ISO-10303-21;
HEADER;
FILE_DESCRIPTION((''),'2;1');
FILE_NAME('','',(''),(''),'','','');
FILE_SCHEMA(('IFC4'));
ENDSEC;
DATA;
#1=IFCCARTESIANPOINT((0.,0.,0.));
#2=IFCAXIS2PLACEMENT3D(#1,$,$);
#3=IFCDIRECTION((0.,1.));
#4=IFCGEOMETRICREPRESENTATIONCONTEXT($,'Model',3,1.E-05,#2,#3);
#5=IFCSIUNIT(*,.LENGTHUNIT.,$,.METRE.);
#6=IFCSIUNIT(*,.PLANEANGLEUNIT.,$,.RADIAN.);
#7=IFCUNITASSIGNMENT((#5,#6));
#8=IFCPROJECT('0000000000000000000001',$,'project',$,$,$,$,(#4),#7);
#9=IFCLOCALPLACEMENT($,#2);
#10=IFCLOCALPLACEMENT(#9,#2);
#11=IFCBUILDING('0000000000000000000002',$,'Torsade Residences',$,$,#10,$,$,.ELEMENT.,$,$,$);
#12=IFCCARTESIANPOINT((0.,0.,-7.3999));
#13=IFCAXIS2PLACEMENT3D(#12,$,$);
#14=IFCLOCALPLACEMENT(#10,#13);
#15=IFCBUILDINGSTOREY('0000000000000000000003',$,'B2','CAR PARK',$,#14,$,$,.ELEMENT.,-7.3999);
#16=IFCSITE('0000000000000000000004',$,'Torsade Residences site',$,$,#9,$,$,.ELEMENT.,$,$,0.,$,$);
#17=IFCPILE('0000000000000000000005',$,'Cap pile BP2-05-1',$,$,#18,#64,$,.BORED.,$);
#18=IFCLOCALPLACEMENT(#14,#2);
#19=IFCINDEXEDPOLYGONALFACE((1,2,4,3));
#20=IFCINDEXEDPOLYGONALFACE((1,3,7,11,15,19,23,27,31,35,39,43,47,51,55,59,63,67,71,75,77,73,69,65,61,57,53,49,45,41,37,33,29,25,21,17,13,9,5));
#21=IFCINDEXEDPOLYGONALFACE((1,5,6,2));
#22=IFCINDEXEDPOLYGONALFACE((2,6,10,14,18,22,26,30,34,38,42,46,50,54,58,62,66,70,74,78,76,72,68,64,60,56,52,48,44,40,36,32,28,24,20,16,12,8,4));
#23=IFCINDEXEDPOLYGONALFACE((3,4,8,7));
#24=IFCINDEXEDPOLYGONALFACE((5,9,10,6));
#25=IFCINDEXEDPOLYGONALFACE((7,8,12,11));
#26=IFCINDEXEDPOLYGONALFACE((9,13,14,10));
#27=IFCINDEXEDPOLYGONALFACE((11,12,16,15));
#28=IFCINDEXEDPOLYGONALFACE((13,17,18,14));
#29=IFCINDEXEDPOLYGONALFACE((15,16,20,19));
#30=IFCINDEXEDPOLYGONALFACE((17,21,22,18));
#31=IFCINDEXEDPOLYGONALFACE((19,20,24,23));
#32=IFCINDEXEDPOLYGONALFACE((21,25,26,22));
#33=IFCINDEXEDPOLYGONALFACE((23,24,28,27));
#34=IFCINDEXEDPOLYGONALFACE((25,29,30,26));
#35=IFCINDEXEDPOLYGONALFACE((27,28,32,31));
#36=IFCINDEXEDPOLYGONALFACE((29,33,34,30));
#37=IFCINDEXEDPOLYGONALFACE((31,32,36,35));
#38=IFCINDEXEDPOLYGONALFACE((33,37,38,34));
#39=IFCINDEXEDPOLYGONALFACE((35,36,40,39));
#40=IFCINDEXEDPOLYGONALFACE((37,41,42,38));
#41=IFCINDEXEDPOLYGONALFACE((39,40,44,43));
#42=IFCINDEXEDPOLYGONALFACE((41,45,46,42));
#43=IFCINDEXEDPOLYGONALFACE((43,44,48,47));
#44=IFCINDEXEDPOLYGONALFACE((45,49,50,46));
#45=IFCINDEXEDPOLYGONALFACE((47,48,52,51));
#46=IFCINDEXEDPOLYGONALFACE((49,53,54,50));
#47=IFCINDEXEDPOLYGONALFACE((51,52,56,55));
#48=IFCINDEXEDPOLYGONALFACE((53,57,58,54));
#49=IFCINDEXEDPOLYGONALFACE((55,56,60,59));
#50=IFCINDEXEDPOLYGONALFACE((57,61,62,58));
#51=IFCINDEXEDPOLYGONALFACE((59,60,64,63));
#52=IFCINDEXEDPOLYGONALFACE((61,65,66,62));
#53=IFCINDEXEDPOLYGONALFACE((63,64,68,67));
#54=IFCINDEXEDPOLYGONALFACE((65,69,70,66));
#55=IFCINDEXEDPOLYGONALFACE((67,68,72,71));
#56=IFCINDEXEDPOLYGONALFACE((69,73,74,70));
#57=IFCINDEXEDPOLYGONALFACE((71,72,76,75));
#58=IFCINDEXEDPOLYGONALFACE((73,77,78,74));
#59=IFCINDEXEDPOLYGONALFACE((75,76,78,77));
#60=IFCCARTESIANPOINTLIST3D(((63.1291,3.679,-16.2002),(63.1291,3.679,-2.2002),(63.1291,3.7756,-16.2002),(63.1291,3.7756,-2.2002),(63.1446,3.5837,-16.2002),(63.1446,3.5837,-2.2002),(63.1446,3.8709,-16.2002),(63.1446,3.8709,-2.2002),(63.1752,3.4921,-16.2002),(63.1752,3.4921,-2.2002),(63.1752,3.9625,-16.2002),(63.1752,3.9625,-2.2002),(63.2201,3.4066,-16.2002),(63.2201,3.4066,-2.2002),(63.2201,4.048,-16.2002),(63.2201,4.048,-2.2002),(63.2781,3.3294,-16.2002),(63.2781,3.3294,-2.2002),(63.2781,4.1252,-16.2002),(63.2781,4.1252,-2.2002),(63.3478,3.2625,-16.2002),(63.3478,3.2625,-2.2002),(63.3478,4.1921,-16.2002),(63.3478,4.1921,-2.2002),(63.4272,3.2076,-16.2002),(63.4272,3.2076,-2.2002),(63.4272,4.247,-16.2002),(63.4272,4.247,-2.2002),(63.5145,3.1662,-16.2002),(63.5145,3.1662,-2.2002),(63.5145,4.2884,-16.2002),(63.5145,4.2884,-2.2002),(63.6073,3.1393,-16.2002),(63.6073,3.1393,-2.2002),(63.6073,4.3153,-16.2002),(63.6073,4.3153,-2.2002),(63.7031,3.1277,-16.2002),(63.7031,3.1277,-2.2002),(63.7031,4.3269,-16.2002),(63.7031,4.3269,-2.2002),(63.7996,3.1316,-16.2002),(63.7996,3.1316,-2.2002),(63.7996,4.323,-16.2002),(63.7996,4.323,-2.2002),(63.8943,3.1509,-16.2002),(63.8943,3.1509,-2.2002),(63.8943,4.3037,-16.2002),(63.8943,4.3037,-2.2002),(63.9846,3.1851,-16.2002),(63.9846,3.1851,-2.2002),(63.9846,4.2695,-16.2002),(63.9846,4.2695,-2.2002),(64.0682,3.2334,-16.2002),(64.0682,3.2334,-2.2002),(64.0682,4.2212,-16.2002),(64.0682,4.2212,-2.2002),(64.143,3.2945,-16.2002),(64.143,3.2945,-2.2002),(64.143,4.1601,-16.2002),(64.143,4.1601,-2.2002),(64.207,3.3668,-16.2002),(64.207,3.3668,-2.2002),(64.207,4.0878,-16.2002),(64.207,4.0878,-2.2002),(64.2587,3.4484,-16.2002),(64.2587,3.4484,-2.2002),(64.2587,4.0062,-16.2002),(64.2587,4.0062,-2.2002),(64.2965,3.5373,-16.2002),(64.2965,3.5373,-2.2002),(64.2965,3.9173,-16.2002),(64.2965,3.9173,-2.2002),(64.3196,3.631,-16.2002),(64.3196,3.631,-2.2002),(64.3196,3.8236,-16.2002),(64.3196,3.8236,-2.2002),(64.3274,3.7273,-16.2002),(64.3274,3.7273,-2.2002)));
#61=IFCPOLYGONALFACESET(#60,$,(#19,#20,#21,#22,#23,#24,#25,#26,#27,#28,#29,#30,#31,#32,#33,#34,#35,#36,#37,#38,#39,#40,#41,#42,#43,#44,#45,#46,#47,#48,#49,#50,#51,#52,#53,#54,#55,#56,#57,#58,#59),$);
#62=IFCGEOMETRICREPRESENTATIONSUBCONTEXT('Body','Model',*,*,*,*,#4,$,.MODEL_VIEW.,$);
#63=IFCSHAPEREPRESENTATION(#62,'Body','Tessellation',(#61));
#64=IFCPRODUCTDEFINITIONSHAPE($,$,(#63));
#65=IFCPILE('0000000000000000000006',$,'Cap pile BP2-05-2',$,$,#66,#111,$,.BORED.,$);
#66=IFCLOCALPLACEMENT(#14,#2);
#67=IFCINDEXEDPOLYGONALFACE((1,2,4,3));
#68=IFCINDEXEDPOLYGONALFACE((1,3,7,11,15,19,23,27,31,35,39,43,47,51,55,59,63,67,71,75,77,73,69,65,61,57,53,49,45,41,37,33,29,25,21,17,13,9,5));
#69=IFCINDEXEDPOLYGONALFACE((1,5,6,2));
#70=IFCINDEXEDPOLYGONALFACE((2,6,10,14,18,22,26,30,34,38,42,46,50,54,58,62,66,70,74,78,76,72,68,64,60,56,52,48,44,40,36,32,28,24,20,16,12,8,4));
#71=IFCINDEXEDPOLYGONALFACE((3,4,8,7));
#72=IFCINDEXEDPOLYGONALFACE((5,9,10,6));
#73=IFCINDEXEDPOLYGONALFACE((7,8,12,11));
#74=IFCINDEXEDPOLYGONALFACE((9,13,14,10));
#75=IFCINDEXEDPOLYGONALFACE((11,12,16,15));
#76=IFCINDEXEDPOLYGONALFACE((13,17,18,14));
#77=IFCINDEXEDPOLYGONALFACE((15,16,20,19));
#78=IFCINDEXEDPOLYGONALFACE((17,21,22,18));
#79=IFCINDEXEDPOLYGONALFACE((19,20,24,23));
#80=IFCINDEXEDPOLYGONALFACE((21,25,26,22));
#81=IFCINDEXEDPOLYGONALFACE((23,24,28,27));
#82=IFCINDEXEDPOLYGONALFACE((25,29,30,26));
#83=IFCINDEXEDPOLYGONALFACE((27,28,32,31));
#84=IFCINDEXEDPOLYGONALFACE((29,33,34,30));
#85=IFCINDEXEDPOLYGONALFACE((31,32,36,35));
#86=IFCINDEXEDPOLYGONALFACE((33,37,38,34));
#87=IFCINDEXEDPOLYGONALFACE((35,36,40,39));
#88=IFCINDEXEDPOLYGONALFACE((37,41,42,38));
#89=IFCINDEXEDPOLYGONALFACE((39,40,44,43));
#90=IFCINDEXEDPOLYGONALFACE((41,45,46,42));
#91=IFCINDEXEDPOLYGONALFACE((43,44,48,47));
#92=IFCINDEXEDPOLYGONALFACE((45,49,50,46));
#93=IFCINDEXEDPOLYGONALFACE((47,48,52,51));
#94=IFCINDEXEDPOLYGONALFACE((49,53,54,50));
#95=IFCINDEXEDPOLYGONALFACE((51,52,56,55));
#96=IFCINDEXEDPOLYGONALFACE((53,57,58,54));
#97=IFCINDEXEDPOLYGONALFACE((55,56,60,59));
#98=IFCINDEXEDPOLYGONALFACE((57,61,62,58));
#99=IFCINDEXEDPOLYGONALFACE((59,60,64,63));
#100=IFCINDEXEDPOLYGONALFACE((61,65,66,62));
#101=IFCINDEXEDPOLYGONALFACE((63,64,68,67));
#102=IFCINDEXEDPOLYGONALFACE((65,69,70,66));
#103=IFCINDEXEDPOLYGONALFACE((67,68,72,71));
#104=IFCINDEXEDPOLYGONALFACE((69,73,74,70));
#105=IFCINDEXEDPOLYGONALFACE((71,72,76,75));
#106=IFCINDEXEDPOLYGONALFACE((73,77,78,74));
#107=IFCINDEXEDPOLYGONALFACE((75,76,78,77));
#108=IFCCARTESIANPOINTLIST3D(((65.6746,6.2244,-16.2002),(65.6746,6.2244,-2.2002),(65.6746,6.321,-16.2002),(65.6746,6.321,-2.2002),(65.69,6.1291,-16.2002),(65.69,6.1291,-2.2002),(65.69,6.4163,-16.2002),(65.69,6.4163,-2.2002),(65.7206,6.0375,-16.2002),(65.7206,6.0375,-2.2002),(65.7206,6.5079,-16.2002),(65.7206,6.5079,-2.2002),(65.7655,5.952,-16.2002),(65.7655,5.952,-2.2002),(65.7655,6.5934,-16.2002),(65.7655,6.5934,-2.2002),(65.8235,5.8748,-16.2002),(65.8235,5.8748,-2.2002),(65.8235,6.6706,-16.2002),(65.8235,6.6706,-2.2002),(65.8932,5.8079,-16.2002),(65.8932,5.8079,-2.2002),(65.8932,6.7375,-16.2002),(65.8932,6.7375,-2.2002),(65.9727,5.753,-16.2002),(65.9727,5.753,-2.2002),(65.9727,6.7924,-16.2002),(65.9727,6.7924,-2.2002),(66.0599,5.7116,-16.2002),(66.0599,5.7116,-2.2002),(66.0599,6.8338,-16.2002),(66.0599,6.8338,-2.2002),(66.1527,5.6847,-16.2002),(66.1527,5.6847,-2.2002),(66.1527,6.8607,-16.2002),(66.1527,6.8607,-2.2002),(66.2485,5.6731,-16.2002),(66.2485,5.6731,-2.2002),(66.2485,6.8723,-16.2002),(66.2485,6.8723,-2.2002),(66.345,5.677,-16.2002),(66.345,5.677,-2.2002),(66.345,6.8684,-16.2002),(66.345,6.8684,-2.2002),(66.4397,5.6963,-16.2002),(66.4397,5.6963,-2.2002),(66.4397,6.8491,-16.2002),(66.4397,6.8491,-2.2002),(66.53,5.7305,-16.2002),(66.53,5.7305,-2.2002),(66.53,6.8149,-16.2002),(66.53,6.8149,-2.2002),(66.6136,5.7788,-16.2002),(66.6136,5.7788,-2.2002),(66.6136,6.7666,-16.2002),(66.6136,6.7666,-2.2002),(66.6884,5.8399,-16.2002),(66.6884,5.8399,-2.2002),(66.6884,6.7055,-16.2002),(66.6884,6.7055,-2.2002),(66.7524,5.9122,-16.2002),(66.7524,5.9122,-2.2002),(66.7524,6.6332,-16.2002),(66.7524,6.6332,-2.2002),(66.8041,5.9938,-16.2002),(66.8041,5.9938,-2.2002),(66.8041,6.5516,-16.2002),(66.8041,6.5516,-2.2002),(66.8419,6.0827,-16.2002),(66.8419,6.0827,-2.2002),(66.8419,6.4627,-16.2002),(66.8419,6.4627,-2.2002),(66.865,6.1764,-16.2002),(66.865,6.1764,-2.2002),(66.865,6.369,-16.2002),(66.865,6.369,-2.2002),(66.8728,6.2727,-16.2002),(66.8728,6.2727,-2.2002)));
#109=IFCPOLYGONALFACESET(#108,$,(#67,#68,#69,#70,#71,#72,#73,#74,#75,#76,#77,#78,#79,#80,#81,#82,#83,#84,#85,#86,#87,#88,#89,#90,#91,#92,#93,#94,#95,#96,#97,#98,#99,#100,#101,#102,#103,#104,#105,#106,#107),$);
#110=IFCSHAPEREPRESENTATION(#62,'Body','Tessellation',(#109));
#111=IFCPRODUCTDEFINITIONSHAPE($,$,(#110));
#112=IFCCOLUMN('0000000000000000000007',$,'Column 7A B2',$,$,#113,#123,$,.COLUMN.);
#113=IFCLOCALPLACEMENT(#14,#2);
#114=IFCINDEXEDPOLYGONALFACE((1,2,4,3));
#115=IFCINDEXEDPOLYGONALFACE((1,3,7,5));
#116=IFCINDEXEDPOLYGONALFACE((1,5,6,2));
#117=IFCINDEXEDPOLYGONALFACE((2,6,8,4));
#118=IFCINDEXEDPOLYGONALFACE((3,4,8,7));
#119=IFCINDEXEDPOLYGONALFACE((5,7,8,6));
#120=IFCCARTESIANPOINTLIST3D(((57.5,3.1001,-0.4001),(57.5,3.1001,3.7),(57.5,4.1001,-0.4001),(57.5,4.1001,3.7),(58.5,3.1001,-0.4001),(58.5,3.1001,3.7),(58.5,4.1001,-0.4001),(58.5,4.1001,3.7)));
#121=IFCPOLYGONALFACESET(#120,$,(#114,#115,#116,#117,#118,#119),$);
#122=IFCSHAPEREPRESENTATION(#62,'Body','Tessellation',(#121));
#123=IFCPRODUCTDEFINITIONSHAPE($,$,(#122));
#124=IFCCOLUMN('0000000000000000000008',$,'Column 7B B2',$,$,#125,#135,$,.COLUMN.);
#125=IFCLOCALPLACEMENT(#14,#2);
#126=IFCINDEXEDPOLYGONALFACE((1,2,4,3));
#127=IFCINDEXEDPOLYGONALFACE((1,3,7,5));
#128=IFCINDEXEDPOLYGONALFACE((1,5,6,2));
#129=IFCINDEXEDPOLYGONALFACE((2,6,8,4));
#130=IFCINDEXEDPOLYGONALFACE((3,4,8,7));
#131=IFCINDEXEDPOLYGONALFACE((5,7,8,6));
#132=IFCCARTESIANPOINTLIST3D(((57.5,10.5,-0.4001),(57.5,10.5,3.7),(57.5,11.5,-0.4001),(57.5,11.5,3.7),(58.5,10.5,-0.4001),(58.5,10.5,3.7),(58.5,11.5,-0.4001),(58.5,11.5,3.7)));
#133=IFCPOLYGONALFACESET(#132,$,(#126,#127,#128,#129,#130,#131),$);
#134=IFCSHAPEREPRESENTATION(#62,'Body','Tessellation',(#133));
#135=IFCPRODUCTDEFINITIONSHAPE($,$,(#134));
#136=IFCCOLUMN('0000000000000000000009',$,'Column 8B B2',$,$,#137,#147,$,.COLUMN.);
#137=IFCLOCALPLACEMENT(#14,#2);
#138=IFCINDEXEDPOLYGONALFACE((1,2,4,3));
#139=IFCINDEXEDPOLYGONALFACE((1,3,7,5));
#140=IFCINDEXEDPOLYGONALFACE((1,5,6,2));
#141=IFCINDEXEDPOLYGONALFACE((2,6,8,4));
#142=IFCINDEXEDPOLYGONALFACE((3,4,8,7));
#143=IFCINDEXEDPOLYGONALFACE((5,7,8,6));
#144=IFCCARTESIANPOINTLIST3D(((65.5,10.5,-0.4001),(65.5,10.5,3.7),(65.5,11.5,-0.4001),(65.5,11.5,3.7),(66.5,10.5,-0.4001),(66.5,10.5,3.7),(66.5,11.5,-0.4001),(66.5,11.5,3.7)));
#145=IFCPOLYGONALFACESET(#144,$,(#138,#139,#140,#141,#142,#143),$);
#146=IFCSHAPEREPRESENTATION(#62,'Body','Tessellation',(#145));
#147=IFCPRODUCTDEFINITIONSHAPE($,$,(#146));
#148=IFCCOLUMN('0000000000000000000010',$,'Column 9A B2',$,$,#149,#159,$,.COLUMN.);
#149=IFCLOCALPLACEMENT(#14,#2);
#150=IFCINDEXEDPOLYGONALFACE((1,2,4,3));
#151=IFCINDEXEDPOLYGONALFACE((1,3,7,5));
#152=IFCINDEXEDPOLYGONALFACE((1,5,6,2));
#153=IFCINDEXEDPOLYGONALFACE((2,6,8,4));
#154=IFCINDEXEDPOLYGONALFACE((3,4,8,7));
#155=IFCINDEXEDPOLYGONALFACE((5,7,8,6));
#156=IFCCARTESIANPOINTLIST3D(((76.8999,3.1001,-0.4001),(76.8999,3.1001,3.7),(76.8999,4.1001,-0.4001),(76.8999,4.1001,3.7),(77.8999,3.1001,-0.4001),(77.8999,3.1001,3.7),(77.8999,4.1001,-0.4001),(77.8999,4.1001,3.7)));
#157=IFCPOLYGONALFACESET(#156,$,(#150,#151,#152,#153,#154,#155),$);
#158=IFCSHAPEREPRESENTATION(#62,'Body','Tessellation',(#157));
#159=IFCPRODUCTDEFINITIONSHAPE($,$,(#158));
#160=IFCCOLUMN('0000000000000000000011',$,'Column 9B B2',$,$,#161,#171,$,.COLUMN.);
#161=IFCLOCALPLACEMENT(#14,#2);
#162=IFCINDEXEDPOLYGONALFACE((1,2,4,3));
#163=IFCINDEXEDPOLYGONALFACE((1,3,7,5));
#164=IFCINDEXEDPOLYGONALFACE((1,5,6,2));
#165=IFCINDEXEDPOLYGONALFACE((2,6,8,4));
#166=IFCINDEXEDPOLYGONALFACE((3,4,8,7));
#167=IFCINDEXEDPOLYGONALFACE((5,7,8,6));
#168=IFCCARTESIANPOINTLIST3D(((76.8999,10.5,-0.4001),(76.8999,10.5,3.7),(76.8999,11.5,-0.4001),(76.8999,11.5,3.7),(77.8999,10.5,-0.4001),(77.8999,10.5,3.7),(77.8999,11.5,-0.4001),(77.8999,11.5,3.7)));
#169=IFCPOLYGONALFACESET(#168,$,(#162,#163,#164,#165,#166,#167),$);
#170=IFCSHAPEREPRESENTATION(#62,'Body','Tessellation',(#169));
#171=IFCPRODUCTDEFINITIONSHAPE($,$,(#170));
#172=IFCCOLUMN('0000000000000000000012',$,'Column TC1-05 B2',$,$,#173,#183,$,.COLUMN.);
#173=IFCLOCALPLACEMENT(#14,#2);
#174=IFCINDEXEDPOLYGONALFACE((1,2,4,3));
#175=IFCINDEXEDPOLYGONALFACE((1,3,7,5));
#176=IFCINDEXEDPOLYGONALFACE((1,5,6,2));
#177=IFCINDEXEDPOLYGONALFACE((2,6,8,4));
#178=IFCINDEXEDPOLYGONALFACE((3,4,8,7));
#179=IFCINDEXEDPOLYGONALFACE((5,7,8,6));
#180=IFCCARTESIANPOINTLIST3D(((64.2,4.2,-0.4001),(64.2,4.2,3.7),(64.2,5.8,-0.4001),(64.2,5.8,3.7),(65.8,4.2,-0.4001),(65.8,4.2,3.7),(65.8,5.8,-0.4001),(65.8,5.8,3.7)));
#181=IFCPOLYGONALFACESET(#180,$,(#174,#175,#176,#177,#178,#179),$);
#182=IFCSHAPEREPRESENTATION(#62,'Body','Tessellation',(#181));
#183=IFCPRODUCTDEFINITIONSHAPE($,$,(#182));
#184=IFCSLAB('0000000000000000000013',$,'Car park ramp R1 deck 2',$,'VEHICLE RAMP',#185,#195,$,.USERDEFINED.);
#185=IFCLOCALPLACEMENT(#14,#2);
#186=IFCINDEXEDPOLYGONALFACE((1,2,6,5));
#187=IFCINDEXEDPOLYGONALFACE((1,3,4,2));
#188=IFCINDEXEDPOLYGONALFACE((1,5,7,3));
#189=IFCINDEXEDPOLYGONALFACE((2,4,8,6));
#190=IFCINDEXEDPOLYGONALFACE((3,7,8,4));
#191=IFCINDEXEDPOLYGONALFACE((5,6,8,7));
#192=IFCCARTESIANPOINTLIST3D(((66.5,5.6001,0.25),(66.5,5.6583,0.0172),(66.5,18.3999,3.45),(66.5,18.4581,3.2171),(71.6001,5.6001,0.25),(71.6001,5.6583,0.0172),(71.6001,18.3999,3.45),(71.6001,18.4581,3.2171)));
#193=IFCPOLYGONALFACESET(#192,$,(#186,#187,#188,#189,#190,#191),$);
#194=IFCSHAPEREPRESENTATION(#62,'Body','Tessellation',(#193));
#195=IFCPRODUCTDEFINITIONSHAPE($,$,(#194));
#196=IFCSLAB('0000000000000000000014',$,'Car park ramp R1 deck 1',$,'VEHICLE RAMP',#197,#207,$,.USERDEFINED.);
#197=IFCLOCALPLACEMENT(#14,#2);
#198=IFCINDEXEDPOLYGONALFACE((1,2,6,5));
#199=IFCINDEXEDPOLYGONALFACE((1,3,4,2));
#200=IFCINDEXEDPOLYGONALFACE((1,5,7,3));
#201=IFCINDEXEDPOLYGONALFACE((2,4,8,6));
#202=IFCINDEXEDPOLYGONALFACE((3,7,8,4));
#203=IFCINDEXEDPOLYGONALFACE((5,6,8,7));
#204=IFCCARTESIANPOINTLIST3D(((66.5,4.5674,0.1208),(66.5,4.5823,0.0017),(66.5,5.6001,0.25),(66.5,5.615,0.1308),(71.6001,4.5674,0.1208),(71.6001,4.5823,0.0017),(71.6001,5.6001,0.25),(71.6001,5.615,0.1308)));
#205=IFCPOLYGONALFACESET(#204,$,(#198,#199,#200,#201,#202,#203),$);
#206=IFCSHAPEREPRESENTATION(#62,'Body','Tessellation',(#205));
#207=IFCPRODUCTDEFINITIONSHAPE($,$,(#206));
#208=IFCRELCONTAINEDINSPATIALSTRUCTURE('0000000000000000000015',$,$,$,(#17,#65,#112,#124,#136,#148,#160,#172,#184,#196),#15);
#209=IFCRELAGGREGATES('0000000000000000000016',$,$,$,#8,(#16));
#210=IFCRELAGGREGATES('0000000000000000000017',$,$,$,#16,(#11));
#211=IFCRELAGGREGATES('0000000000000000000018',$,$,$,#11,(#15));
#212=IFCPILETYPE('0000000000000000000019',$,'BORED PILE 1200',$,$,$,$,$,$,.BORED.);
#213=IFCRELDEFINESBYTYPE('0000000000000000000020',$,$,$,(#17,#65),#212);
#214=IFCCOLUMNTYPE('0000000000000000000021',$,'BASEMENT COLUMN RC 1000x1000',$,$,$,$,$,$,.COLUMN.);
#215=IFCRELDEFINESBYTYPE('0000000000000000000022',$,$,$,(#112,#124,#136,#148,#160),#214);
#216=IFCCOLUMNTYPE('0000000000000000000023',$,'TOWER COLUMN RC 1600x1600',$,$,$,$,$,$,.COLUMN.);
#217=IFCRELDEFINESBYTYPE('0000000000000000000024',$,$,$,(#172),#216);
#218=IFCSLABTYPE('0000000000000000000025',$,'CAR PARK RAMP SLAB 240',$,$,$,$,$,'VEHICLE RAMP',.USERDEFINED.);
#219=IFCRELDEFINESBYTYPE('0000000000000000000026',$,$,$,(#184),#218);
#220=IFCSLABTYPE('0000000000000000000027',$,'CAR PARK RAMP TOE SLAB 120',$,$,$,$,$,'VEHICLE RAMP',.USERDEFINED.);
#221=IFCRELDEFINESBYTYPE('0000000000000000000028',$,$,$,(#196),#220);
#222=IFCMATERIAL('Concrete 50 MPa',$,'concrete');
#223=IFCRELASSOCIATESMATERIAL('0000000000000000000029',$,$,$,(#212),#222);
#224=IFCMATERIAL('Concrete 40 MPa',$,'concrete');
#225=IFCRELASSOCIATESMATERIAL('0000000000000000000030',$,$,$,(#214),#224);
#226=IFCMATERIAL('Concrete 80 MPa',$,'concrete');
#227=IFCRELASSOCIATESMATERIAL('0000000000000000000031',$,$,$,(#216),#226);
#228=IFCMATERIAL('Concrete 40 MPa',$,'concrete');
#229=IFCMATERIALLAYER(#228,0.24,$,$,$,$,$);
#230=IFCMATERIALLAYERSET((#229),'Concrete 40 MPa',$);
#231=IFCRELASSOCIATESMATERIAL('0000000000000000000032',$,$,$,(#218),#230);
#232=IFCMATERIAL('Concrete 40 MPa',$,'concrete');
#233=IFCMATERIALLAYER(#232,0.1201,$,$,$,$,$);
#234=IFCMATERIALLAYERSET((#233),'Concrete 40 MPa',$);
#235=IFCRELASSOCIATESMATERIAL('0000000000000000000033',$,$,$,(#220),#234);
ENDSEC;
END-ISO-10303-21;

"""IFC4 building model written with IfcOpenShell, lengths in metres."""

from ifc_helpers import new_model, si_unit, direction, frame, origin, origin_2d, place, context, subcontext, project, spatial, polyline, rectangle, circle, outline, extrude, material, layer, layer_set, material_profile, profile_set, type_object, element, save


model = new_model("IFC4")

# Units and contexts
model_context = context("Model", 3, precision=1e-05, world=origin(), true_north=direction((0.0, 1.0)))
body_context = subcontext(model_context, "Body", "Model", "MODEL_VIEW")
ifc_project = project(units=[si_unit("LENGTHUNIT", "METRE"), si_unit("PLANEANGLEUNIT", "RADIAN")], contexts=[model_context])

# Site, building, storey
site_placement = place(None, origin())
site = spatial("IfcSite", under=ifc_project, at=site_placement, Name="Torsade Residences site", CompositionType="ELEMENT", RefElevation=0.0)
building_placement = place(site_placement, origin())
building = spatial("IfcBuilding", under=site, at=building_placement, Name="Torsade Residences", CompositionType="ELEMENT")
storey_placement = place(building_placement, frame((0.0, 0.0, -7.3999)))
storey = spatial("IfcBuildingStorey", under=building, at=storey_placement, Name="B2", Description="CAR PARK", CompositionType="ELEMENT", Elevation=-7.3999)

# Piles
ifc_material_1 = material(Name="Concrete 50 MPa", Category="concrete")
pile_type = type_object("IfcPileType", Name="BORED PILE 1200", PredefinedType="BORED", material=ifc_material_1)
for number, where, z_axis, x_axis, name in (
    (1, (63.7273, 3.7273, -2.2002), (0.0, 0.0, -1.0), (1.0, 0.0, 0.0), "Cap pile BP2-05-1"),
    (2, (66.2727, 6.2727, -2.2002), (0.0, 0.0, -1.0), (1.0, 0.0, 0.0), "Cap pile BP2-05-2"),
):
    element("IfcPile", number, at=place(storey_placement, frame(where, z_axis=z_axis, x_axis=x_axis)), inside=storey, type_object=pile_type, Name=name, PredefinedType="BORED", context=body_context, shape_type="SweptSolid", body=[
        extrude(circle(Radius=0.6001, at=origin_2d()), origin(), (0.0, 0.0, 1.0), 14.0),
    ])

# Columns
ifc_material_2 = material(Name="Concrete 40 MPa", Category="concrete")
ifc_material_profile_1 = material_profile(ifc_material_2, rectangle(XDim=1.0, YDim=1.0, at=origin_2d()), Name="RC 1000x1000")
ifc_profile_set_1 = profile_set([ifc_material_profile_1], Name="Concrete 40 MPa")
column_type_1 = type_object("IfcColumnType", Name="BASEMENT COLUMN RC 1000x1000", PredefinedType="COLUMN", material=ifc_profile_set_1)
for number, where, z_axis, x_axis, name in (
    (3, (58.0, 3.6001, -0.4001), (0.0, 0.0, 1.0), (1.0, 0.0, 0.0), "Column 7A B2"),
    (4, (58.0, 11.0, -0.4001), (0.0, 0.0, 1.0), (1.0, 0.0, 0.0), "Column 7B B2"),
    (5, (66.0, 11.0, -0.4001), (0.0, 0.0, 1.0), (1.0, 0.0, 0.0), "Column 8B B2"),
    (6, (77.3999, 3.6001, -0.4001), (0.0, 0.0, 1.0), (1.0, 0.0, 0.0), "Column 9A B2"),
    (7, (77.3999, 11.0, -0.4001), (0.0, 0.0, 1.0), (1.0, 0.0, 0.0), "Column 9B B2"),
):
    element("IfcColumn", number, at=place(storey_placement, frame(where, z_axis=z_axis, x_axis=x_axis)), inside=storey, type_object=column_type_1, Name=name, PredefinedType="COLUMN", context=body_context, shape_type="SweptSolid", body=[
        extrude(rectangle(XDim=1.0, YDim=1.0, at=origin_2d()), origin(), (0.0, 0.0, 1.0), 4.1001),
    ])
ifc_material_3 = material(Name="Concrete 80 MPa", Category="concrete")
ifc_material_profile_2 = material_profile(ifc_material_3, rectangle(XDim=1.6001, YDim=1.6001, at=origin_2d()), Name="RC 1600x1600")
ifc_profile_set_2 = profile_set([ifc_material_profile_2], Name="Concrete 80 MPa")
column_type_2 = type_object("IfcColumnType", Name="TOWER COLUMN RC 1600x1600", PredefinedType="COLUMN", material=ifc_profile_set_2)
column_placement = place(storey_placement, frame((65.0, 5.0, -0.4001), z_axis=(0.0, 0.0, 1.0), x_axis=(1.0, 0.0, 0.0)))
element("IfcColumn", 8, at=column_placement, inside=storey, type_object=column_type_2, Name="Column TC1-05 B2", PredefinedType="COLUMN", context=body_context, shape_type="SweptSolid", body=[
    extrude(rectangle(XDim=1.6001, YDim=1.6001, at=origin_2d()), origin(), (0.0, 0.0, 1.0), 4.1001),
])

# Slabs
ifc_material_4 = material(Name="Concrete 40 MPa", Category="concrete")
ifc_layer_1 = layer(ifc_material_4, 0.24)
ifc_layer_set_1 = layer_set([ifc_layer_1], Name="Concrete 40 MPa")
slab_type_1 = type_object("IfcSlabType", Name="CAR PARK RAMP SLAB 240", ElementType="VEHICLE RAMP", PredefinedType="USERDEFINED", material=ifc_layer_set_1)
slab_1_placement = place(storey_placement, frame((66.5, 5.6001, 0.25), z_axis=(0.0, -0.242536, 0.970143), x_axis=(1.0, 0.0, 0.0)))
element("IfcSlab", 9, at=slab_1_placement, inside=storey, type_object=slab_type_1, Name="Car park ramp R1 deck 2", ObjectType="VEHICLE RAMP", PredefinedType="USERDEFINED", context=body_context, shape_type="SweptSolid", body=[
    extrude(outline(polyline([(0.0, 0.0), (5.1001, 0.0), (5.1001, 13.1937), (0.0, 13.1937), (0.0, 0.0)])), origin(), (0.0, 0.0, -1.0), 0.24),
])
ifc_material_5 = material(Name="Concrete 40 MPa", Category="concrete")
ifc_layer_2 = layer(ifc_material_5, 0.1201)
ifc_layer_set_2 = layer_set([ifc_layer_2], Name="Concrete 40 MPa")
slab_type_2 = type_object("IfcSlabType", Name="CAR PARK RAMP TOE SLAB 120", ElementType="VEHICLE RAMP", PredefinedType="USERDEFINED", material=ifc_layer_set_2)
slab_2_placement = place(storey_placement, frame((66.5, 4.5674, 0.1208), z_axis=(0.0, -0.124092, 0.992271), x_axis=(1.0, 0.0, 0.0)))
element("IfcSlab", 10, at=slab_2_placement, inside=storey, type_object=slab_type_2, Name="Car park ramp R1 deck 1", ObjectType="VEHICLE RAMP", PredefinedType="USERDEFINED", context=body_context, shape_type="SweptSolid", body=[
    extrude(outline(polyline([(0.0, 0.0), (5.1001, 0.0), (5.1001, 1.0408), (0.0, 1.0408), (0.0, 0.0)])), origin(), (0.0, 0.0, -1.0), 0.1201),
])

save(model, "model.ifc")
